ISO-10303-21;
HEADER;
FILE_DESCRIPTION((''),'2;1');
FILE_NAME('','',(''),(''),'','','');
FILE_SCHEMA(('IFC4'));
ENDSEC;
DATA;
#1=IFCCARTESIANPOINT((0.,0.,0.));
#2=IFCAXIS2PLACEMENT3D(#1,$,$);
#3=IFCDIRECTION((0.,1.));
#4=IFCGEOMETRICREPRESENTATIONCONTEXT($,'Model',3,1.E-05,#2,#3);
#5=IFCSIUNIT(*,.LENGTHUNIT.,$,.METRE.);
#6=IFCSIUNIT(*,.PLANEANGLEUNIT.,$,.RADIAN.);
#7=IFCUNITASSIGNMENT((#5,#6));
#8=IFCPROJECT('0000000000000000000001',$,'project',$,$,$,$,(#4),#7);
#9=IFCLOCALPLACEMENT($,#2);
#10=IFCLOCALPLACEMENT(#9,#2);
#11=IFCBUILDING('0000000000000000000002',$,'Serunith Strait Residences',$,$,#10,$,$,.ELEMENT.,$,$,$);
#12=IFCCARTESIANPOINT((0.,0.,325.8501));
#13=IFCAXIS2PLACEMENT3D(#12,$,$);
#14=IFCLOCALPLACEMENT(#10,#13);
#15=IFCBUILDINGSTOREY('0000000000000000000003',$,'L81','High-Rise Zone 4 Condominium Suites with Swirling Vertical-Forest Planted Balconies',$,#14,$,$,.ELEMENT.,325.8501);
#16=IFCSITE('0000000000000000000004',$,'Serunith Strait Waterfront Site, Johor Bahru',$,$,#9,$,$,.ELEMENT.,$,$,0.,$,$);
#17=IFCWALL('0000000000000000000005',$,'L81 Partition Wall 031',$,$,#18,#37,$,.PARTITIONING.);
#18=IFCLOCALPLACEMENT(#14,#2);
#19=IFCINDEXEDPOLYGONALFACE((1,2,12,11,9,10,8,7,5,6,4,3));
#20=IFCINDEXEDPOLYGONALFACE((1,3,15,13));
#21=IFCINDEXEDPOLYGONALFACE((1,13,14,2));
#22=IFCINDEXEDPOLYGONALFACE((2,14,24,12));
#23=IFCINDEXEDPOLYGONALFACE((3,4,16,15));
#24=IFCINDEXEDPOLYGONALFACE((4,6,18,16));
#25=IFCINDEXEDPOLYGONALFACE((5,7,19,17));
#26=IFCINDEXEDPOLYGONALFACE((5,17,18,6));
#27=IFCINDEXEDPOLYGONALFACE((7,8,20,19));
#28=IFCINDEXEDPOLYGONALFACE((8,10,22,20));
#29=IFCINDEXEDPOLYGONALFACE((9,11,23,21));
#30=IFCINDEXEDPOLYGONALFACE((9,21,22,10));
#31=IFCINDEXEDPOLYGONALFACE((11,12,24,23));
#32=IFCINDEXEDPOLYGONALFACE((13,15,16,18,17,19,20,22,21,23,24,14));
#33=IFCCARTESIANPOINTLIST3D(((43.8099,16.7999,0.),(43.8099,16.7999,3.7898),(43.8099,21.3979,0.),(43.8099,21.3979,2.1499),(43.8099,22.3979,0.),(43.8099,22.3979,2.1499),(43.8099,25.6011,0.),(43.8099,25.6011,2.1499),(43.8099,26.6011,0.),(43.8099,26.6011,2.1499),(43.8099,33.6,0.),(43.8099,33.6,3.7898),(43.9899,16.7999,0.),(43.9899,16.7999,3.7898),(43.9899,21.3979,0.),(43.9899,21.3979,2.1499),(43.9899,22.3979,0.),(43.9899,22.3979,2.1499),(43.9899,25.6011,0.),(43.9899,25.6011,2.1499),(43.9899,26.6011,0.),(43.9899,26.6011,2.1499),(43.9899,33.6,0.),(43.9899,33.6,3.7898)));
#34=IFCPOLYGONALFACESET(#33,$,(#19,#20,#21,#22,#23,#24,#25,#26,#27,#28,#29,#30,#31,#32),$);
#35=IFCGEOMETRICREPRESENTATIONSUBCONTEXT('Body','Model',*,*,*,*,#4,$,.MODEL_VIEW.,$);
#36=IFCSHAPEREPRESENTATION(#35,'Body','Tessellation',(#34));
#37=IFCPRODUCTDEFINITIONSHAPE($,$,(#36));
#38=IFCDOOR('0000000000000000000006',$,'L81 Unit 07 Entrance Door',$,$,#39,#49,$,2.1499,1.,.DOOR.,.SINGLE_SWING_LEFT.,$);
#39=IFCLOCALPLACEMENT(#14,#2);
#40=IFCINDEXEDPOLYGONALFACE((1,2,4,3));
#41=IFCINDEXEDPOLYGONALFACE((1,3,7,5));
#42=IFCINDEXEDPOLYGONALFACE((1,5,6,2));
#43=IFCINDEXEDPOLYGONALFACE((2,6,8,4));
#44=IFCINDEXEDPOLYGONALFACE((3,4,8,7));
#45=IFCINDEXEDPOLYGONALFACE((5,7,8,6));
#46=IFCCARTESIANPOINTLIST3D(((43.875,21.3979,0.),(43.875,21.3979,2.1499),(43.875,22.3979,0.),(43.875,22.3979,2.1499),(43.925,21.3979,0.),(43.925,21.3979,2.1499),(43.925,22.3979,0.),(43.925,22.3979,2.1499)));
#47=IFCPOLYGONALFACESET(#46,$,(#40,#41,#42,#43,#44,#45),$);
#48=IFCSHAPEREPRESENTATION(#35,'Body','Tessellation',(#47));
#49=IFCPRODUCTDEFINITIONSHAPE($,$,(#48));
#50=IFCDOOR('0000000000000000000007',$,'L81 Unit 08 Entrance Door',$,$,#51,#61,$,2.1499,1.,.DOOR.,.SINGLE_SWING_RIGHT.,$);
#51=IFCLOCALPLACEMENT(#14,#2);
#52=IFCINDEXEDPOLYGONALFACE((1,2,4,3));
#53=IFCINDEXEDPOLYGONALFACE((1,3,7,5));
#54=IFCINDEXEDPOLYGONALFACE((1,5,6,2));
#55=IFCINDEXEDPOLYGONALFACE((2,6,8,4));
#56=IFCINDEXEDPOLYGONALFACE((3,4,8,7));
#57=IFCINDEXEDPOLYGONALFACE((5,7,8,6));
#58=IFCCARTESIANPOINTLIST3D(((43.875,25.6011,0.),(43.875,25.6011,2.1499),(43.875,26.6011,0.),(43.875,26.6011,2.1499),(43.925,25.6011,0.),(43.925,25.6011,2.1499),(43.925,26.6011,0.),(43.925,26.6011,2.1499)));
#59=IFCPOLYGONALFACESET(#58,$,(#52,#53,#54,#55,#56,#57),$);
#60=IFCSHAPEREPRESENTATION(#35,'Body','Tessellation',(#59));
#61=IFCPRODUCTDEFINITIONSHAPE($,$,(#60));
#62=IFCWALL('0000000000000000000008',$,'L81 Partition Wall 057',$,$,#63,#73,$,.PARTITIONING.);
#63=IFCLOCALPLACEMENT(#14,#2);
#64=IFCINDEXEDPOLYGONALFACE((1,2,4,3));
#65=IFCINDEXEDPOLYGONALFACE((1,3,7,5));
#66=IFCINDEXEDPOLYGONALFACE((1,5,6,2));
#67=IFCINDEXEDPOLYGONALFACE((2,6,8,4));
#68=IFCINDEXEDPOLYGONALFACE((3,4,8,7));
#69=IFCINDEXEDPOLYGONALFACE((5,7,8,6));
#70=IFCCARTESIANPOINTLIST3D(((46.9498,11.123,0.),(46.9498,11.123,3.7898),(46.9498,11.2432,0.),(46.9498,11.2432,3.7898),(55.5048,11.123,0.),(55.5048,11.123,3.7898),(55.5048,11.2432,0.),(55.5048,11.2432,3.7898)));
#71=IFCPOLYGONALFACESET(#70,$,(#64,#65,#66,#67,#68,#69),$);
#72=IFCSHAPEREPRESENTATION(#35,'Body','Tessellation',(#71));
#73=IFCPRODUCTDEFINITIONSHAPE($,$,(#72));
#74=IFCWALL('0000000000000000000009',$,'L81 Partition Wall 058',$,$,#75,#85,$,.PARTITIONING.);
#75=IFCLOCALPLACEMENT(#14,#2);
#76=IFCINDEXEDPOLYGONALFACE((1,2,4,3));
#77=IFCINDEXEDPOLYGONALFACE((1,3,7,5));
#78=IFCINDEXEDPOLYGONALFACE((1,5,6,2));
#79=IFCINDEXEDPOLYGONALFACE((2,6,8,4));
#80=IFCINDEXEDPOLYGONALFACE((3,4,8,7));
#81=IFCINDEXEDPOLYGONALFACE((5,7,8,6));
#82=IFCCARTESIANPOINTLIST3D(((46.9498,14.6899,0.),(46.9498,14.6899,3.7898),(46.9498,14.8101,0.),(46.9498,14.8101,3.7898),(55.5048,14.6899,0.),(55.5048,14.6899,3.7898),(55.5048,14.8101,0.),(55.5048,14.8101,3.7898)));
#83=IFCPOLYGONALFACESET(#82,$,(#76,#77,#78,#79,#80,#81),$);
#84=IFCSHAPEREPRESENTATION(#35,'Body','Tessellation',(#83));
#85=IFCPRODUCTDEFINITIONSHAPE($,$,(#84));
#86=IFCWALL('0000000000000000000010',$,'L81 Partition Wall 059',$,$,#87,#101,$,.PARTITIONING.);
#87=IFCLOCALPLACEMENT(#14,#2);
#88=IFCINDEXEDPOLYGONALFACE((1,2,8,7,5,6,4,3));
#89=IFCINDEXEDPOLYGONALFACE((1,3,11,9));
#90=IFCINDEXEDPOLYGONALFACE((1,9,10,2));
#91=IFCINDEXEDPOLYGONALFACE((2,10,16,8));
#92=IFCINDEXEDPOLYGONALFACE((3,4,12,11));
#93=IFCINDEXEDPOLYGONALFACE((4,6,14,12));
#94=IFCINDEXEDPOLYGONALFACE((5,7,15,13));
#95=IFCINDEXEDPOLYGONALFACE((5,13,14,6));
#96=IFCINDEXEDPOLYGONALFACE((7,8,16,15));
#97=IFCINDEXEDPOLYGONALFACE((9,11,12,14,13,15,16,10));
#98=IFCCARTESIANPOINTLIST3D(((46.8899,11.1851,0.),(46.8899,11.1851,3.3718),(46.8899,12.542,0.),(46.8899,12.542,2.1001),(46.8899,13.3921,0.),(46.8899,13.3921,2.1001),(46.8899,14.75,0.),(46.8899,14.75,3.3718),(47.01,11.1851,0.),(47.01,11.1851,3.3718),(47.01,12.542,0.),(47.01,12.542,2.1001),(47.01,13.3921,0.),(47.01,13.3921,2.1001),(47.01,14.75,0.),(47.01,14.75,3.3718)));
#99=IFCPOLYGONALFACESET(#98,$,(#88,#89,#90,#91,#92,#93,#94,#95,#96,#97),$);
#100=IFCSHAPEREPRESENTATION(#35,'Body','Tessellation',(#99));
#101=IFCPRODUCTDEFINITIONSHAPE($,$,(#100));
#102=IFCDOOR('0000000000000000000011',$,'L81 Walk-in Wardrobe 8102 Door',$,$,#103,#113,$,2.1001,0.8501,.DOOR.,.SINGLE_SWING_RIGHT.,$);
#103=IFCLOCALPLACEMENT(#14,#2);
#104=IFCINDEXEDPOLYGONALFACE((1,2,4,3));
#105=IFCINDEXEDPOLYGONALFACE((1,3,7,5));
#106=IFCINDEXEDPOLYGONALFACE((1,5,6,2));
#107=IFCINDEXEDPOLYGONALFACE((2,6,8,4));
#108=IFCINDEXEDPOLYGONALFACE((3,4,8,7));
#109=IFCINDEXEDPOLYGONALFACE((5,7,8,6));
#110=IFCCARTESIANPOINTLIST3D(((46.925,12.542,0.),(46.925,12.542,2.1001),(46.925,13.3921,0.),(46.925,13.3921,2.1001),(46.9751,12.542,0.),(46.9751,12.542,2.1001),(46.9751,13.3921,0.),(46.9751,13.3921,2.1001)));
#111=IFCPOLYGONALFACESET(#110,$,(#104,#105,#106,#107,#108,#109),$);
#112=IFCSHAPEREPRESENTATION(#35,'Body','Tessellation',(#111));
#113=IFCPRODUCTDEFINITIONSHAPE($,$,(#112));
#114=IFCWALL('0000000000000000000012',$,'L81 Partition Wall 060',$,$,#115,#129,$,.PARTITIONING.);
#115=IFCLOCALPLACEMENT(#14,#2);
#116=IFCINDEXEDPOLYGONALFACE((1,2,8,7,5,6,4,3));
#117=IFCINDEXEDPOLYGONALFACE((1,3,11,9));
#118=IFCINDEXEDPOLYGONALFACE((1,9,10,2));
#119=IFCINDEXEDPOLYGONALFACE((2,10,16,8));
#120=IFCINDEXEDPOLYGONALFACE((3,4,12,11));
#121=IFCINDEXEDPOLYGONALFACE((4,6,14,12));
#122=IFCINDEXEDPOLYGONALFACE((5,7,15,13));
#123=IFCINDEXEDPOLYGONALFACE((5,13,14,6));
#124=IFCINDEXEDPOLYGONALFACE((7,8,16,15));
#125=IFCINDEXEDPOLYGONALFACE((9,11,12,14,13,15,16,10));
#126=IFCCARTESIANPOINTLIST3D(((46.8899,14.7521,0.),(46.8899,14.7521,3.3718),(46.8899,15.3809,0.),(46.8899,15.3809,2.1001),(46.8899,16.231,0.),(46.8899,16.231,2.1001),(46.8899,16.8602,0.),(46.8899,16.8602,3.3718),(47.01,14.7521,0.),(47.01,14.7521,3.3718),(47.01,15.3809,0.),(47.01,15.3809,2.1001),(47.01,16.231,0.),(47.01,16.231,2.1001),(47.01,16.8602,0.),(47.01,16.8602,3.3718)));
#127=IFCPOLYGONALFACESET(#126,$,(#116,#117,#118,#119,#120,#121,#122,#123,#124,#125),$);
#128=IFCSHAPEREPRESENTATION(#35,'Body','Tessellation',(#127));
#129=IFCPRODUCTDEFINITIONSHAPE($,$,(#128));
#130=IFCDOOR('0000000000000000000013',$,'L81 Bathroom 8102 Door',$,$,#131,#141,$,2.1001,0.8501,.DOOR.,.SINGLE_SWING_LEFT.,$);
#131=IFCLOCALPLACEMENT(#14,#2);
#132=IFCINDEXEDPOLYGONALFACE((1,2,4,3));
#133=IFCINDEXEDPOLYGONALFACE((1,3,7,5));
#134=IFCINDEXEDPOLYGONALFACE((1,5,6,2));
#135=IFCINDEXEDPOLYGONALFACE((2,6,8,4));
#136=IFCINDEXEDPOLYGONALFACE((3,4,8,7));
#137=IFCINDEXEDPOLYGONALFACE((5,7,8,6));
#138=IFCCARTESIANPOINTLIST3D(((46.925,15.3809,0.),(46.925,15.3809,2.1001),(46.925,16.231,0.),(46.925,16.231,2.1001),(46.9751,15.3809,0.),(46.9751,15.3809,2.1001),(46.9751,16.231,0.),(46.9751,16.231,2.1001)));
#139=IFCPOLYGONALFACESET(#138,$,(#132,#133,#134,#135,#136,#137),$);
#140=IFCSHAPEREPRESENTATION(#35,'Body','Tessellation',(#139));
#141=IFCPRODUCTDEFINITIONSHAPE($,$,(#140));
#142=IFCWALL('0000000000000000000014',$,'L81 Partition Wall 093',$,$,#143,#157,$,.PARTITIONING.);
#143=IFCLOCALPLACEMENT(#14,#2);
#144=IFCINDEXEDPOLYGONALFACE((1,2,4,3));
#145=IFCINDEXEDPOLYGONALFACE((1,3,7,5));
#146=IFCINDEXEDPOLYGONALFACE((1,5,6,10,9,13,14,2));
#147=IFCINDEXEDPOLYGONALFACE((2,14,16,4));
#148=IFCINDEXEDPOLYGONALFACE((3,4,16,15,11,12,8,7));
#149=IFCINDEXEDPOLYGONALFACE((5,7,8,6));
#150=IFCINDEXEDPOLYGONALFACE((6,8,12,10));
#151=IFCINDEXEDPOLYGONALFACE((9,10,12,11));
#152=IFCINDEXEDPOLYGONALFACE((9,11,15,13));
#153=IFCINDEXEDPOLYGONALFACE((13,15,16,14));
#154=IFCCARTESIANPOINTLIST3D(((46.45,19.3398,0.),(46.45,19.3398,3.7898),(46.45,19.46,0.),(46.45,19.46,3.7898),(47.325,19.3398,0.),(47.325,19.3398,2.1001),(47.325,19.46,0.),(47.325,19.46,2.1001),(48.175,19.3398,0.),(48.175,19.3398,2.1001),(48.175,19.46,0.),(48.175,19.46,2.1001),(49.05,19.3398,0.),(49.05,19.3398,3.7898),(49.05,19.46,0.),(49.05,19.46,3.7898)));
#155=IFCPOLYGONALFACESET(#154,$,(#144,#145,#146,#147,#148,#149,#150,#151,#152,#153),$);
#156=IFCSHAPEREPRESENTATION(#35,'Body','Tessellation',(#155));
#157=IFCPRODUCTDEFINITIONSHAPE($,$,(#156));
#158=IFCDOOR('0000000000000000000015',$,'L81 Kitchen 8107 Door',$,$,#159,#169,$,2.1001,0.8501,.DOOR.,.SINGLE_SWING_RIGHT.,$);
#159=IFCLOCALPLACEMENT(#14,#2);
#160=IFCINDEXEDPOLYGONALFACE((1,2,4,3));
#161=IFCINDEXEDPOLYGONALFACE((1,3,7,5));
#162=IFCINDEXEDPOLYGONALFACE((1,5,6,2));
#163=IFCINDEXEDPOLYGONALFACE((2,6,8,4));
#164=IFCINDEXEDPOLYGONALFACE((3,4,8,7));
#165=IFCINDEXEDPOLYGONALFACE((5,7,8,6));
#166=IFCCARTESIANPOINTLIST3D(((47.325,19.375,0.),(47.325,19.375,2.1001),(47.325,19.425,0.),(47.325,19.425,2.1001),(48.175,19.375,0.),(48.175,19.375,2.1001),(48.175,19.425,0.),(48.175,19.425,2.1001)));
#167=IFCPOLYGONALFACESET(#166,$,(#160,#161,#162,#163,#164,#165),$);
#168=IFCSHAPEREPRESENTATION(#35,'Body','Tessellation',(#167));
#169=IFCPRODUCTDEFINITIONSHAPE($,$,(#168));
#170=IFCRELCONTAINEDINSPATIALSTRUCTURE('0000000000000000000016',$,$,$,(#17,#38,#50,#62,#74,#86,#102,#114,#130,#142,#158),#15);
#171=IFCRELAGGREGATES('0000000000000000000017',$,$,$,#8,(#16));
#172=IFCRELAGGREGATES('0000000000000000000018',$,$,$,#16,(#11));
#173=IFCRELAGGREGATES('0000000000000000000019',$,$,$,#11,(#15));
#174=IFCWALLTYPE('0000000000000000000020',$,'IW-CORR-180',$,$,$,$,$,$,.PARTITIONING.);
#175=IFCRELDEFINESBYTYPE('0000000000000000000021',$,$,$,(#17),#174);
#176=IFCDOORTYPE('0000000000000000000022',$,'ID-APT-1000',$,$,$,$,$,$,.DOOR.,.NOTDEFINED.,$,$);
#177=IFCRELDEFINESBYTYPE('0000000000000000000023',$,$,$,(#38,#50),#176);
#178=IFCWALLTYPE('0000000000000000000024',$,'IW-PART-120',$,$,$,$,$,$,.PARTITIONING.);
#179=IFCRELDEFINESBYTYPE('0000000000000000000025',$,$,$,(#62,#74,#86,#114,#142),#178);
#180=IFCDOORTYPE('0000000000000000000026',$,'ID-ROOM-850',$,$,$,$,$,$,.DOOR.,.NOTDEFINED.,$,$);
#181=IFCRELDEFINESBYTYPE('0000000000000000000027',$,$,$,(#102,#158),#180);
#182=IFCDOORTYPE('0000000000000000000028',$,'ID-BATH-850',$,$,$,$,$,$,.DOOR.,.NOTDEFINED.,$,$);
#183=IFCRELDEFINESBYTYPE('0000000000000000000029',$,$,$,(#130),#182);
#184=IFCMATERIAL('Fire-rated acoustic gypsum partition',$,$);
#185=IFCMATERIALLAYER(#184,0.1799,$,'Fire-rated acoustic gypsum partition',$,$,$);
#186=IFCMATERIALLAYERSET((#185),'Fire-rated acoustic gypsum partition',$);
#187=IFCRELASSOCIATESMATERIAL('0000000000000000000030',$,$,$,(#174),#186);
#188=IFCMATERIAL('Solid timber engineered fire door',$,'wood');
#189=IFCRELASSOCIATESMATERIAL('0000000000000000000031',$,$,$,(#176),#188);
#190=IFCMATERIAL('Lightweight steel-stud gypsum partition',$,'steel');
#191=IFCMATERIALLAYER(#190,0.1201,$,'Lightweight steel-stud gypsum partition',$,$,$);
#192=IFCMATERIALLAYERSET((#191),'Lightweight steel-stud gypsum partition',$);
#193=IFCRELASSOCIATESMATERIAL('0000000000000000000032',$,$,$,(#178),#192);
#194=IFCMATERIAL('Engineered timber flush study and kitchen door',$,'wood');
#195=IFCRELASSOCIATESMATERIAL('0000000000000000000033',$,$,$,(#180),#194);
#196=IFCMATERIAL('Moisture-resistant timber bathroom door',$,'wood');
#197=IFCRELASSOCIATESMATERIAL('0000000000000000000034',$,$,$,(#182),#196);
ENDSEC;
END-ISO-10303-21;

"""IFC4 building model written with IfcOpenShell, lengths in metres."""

from ifc_helpers import new_model, si_unit, direction, frame, frame_2d, origin, place, context, subcontext, project, spatial, rectangle, extrude, source, transform, mapped, material, layer, layer_set, type_object, element, fill, save


model = new_model("IFC4")

# Units and contexts
model_context = context("Model", 3, precision=1e-05, world=origin(), true_north=direction((0.0, 1.0)))
body_context = subcontext(model_context, "Body", "Model", "MODEL_VIEW")
ifc_project = project(units=[si_unit("LENGTHUNIT", "METRE"), si_unit("PLANEANGLEUNIT", "RADIAN")], contexts=[model_context])

# Site, building, storey
site_placement = place(None, origin())
site = spatial("IfcSite", under=ifc_project, at=site_placement, Name="Serunith Strait Waterfront Site, Johor Bahru", CompositionType="ELEMENT", RefElevation=0.0)
building_placement = place(site_placement, origin())
building = spatial("IfcBuilding", under=site, at=building_placement, Name="Serunith Strait Residences", CompositionType="ELEMENT")
storey_placement = place(building_placement, frame((0.0, 0.0, 325.8501)))
storey = spatial("IfcBuildingStorey", under=building, at=storey_placement, Name="L81", Description="High-Rise Zone 4 Condominium Suites with Swirling Vertical-Forest Planted Balconies", CompositionType="ELEMENT", Elevation=325.8501)

# Wall, openings, doors
ifc_material_1 = material(Name="Fire-rated acoustic gypsum partition")
ifc_layer_1 = layer(ifc_material_1, 0.1799, Name="Fire-rated acoustic gypsum partition")
ifc_layer_set_1 = layer_set([ifc_layer_1], Name="Fire-rated acoustic gypsum partition")
wall_type_1 = type_object("IfcWallType", Name="IW-CORR-180", PredefinedType="PARTITIONING", material=ifc_layer_set_1)
wall_1_placement = place(storey_placement, frame((43.8999, 16.8, 0.0), z_axis=(0.0, 0.0, 1.0), x_axis=(0.0, 1.0, 0.0)))
wall_1 = element("IfcWall", 1, at=wall_1_placement, inside=storey, type_object=wall_type_1, Name="L81 Partition Wall 031", PredefinedType="PARTITIONING", context=body_context, shape_type="SweptSolid", body=[
    extrude(rectangle(XDim=16.8, YDim=0.1799, at=frame_2d((8.3999, 0.0))), origin(), (0.0, 0.0, 1.0), 3.7898),
])
opening_1_placement = place(wall_1_placement, frame((4.5979, 0.0, 0.0)))
opening_1 = element("IfcOpeningElement", 2, at=opening_1_placement, cuts=wall_1, PredefinedType="OPENING", context=body_context, shape_type="SweptSolid", body=[
    extrude(rectangle(XDim=1.0, YDim=2.1499, at=frame_2d((0.5, 1.075))), frame((0.0, 0.1001, 0.0), z_axis=(0.0, -1.0, 0.0), x_axis=(1.0, 0.0, 0.0)), (0.0, 0.0, 1.0), 0.2),
])
opening_2_placement = place(wall_1_placement, frame((8.801, 0.0, 0.0)))
opening_2 = element("IfcOpeningElement", 3, at=opening_2_placement, cuts=wall_1, PredefinedType="OPENING", context=body_context, shape_type="SweptSolid", body=[
    extrude(rectangle(XDim=1.0, YDim=2.1499, at=frame_2d((0.5, 1.075))), frame((0.0, 0.1001, 0.0), z_axis=(0.0, -1.0, 0.0), x_axis=(1.0, 0.0, 0.0)), (0.0, 0.0, 1.0), 0.2),
])
ifc_material_2 = material(Name="Solid timber engineered fire door", Category="wood")
door_type_1 = type_object("IfcDoorType", Name="ID-APT-1000", OperationType="NOTDEFINED", PredefinedType="DOOR", material=ifc_material_2)
shared_shape_1 = source(origin(), body_context, "Body", "SweptSolid", [
    extrude(rectangle(XDim=1.0, YDim=2.1499, at=frame_2d((0.5, 1.075))), frame((0.0, 0.0249, 0.0), z_axis=(0.0, -1.0, 0.0), x_axis=(1.0, 0.0, 0.0)), (0.0, 0.0, 1.0), 0.05),
])
door_1_placement = place(opening_1_placement, origin())
door_1 = element("IfcDoor", 4, at=door_1_placement, inside=storey, type_object=door_type_1, Name="L81 Unit 07 Entrance Door", OperationType="SINGLE_SWING_LEFT", OverallHeight=2.1499, OverallWidth=1.0, PredefinedType="DOOR", context=body_context, shape_type="MappedRepresentation", body=[
    mapped(shared_shape_1, transform((0.0, 0.0, 0.0), scale=1.0)),
])
fill(opening_1, door_1)
door_2_placement = place(opening_2_placement, origin())
door_2 = element("IfcDoor", 5, at=door_2_placement, inside=storey, type_object=door_type_1, Name="L81 Unit 08 Entrance Door", OperationType="SINGLE_SWING_RIGHT", OverallHeight=2.1499, OverallWidth=1.0, PredefinedType="DOOR", context=body_context, shape_type="MappedRepresentation", body=[
    mapped(shared_shape_1, transform((0.0, 0.0, 0.0), scale=1.0)),
])
fill(opening_2, door_2)

# Walls
ifc_material_3 = material(Name="Lightweight steel-stud gypsum partition", Category="steel")
ifc_layer_2 = layer(ifc_material_3, 0.1201, Name="Lightweight steel-stud gypsum partition")
ifc_layer_set_2 = layer_set([ifc_layer_2], Name="Lightweight steel-stud gypsum partition")
wall_type_2 = type_object("IfcWallType", Name="IW-PART-120", PredefinedType="PARTITIONING", material=ifc_layer_set_2)
for number, where, z_axis, x_axis, name in (
    (6, (46.95, 11.1831, 0.0), (0.0, 0.0, 1.0), (1.0, 0.0, 0.0), "L81 Partition Wall 057"),
    (7, (46.95, 14.75, 0.0), (0.0, 0.0, 1.0), (1.0, 0.0, 0.0), "L81 Partition Wall 058"),
):
    element("IfcWall", number, at=place(storey_placement, frame(where, z_axis=z_axis, x_axis=x_axis)), inside=storey, type_object=wall_type_2, Name=name, PredefinedType="PARTITIONING", context=body_context, shape_type="SweptSolid", body=[
        extrude(rectangle(XDim=8.5549, YDim=0.1201, at=frame_2d((4.2773, 0.0))), origin(), (0.0, 0.0, 1.0), 3.7898),
    ])

# Walls, openings, doors
wall_2_placement = place(storey_placement, frame((46.95, 11.1851, 0.0), z_axis=(0.0, 0.0, 1.0), x_axis=(0.0, 1.0, 0.0)))
wall_2 = element("IfcWall", 8, at=wall_2_placement, inside=storey, type_object=wall_type_2, Name="L81 Partition Wall 059", PredefinedType="PARTITIONING", context=body_context, shape_type="SweptSolid", body=[
    extrude(rectangle(XDim=3.5649, YDim=0.1201, at=frame_2d((1.7825, 0.0))), origin(), (0.0, 0.0, 1.0), 3.3718),
])
opening_3_placement = place(wall_2_placement, frame((1.3569, 0.0, 0.0)))
opening_3 = element("IfcOpeningElement", 9, at=opening_3_placement, cuts=wall_2, PredefinedType="OPENING", context=body_context, shape_type="SweptSolid", body=[
    extrude(rectangle(XDim=0.8501, YDim=2.1001, at=frame_2d((0.425, 1.05))), frame((0.0, 0.0701, 0.0), z_axis=(0.0, -1.0, 0.0), x_axis=(1.0, 0.0, 0.0)), (0.0, 0.0, 1.0), 0.1401),
])
ifc_material_4 = material(Name="Engineered timber flush study and kitchen door", Category="wood")
door_type_2 = type_object("IfcDoorType", Name="ID-ROOM-850", OperationType="NOTDEFINED", PredefinedType="DOOR", material=ifc_material_4)
shared_shape_2 = source(origin(), body_context, "Body", "SweptSolid", [
    extrude(rectangle(XDim=0.8501, YDim=2.1001, at=frame_2d((0.425, 1.05))), frame((0.0, 0.0249, 0.0), z_axis=(0.0, -1.0, 0.0), x_axis=(1.0, 0.0, 0.0)), (0.0, 0.0, 1.0), 0.05),
])
door_3_placement = place(opening_3_placement, origin())
door_3 = element("IfcDoor", 10, at=door_3_placement, inside=storey, type_object=door_type_2, Name="L81 Walk-in Wardrobe 8102 Door", OperationType="SINGLE_SWING_RIGHT", OverallHeight=2.1001, OverallWidth=0.8501, PredefinedType="DOOR", context=body_context, shape_type="MappedRepresentation", body=[
    mapped(shared_shape_2, transform((0.0, 0.0, 0.0), scale=1.0)),
])
fill(opening_3, door_3)
wall_3_placement = place(storey_placement, frame((46.95, 14.752, 0.0), z_axis=(0.0, 0.0, 1.0), x_axis=(0.0, 1.0, 0.0)))
wall_3 = element("IfcWall", 11, at=wall_3_placement, inside=storey, type_object=wall_type_2, Name="L81 Partition Wall 060", PredefinedType="PARTITIONING", context=body_context, shape_type="SweptSolid", body=[
    extrude(rectangle(XDim=2.1082, YDim=0.1201, at=frame_2d((1.0542, 0.0))), origin(), (0.0, 0.0, 1.0), 3.3718),
])
opening_4_placement = place(wall_3_placement, frame((0.6289, 0.0, 0.0)))
opening_4 = element("IfcOpeningElement", 12, at=opening_4_placement, cuts=wall_3, PredefinedType="OPENING", context=body_context, shape_type="SweptSolid", body=[
    extrude(rectangle(XDim=0.8501, YDim=2.1001, at=frame_2d((0.425, 1.05))), frame((0.0, 0.0701, 0.0), z_axis=(0.0, -1.0, 0.0), x_axis=(1.0, 0.0, 0.0)), (0.0, 0.0, 1.0), 0.1401),
])
ifc_material_5 = material(Name="Moisture-resistant timber bathroom door", Category="wood")
door_type_3 = type_object("IfcDoorType", Name="ID-BATH-850", OperationType="NOTDEFINED", PredefinedType="DOOR", material=ifc_material_5)
door_4_placement = place(opening_4_placement, origin())
door_4 = element("IfcDoor", 13, at=door_4_placement, inside=storey, type_object=door_type_3, Name="L81 Bathroom 8102 Door", OperationType="SINGLE_SWING_LEFT", OverallHeight=2.1001, OverallWidth=0.8501, PredefinedType="DOOR", context=body_context, shape_type="MappedRepresentation", body=[
    mapped(shared_shape_2, transform((0.0, 0.0, 0.0), scale=1.0)),
])
fill(opening_4, door_4)
wall_4_placement = place(storey_placement, frame((49.05, 19.3999, 0.0), z_axis=(0.0, 0.0, 1.0), x_axis=(-1.0, 0.0, 0.0)))
wall_4 = element("IfcWall", 14, at=wall_4_placement, inside=storey, type_object=wall_type_2, Name="L81 Partition Wall 093", PredefinedType="PARTITIONING", context=body_context, shape_type="SweptSolid", body=[
    extrude(rectangle(XDim=2.6001, YDim=0.1201, at=frame_2d((1.3, 0.0))), origin(), (0.0, 0.0, 1.0), 3.7898),
])
opening_5_placement = place(wall_4_placement, frame((0.875, 0.0, 0.0)))
opening_5 = element("IfcOpeningElement", 15, at=opening_5_placement, cuts=wall_4, PredefinedType="OPENING", context=body_context, shape_type="SweptSolid", body=[
    extrude(rectangle(XDim=0.8501, YDim=2.1001, at=frame_2d((0.425, 1.05))), frame((0.0, 0.0701, 0.0), z_axis=(0.0, -1.0, 0.0), x_axis=(1.0, 0.0, 0.0)), (0.0, 0.0, 1.0), 0.1401),
])
door_5_placement = place(opening_5_placement, origin())
door_5 = element("IfcDoor", 16, at=door_5_placement, inside=storey, type_object=door_type_2, Name="L81 Kitchen 8107 Door", OperationType="SINGLE_SWING_RIGHT", OverallHeight=2.1001, OverallWidth=0.8501, PredefinedType="DOOR", context=body_context, shape_type="MappedRepresentation", body=[
    mapped(shared_shape_2, transform((0.0, 0.0, 0.0), scale=1.0)),
])
fill(opening_5, door_5)

save(model, "model.ifc")
